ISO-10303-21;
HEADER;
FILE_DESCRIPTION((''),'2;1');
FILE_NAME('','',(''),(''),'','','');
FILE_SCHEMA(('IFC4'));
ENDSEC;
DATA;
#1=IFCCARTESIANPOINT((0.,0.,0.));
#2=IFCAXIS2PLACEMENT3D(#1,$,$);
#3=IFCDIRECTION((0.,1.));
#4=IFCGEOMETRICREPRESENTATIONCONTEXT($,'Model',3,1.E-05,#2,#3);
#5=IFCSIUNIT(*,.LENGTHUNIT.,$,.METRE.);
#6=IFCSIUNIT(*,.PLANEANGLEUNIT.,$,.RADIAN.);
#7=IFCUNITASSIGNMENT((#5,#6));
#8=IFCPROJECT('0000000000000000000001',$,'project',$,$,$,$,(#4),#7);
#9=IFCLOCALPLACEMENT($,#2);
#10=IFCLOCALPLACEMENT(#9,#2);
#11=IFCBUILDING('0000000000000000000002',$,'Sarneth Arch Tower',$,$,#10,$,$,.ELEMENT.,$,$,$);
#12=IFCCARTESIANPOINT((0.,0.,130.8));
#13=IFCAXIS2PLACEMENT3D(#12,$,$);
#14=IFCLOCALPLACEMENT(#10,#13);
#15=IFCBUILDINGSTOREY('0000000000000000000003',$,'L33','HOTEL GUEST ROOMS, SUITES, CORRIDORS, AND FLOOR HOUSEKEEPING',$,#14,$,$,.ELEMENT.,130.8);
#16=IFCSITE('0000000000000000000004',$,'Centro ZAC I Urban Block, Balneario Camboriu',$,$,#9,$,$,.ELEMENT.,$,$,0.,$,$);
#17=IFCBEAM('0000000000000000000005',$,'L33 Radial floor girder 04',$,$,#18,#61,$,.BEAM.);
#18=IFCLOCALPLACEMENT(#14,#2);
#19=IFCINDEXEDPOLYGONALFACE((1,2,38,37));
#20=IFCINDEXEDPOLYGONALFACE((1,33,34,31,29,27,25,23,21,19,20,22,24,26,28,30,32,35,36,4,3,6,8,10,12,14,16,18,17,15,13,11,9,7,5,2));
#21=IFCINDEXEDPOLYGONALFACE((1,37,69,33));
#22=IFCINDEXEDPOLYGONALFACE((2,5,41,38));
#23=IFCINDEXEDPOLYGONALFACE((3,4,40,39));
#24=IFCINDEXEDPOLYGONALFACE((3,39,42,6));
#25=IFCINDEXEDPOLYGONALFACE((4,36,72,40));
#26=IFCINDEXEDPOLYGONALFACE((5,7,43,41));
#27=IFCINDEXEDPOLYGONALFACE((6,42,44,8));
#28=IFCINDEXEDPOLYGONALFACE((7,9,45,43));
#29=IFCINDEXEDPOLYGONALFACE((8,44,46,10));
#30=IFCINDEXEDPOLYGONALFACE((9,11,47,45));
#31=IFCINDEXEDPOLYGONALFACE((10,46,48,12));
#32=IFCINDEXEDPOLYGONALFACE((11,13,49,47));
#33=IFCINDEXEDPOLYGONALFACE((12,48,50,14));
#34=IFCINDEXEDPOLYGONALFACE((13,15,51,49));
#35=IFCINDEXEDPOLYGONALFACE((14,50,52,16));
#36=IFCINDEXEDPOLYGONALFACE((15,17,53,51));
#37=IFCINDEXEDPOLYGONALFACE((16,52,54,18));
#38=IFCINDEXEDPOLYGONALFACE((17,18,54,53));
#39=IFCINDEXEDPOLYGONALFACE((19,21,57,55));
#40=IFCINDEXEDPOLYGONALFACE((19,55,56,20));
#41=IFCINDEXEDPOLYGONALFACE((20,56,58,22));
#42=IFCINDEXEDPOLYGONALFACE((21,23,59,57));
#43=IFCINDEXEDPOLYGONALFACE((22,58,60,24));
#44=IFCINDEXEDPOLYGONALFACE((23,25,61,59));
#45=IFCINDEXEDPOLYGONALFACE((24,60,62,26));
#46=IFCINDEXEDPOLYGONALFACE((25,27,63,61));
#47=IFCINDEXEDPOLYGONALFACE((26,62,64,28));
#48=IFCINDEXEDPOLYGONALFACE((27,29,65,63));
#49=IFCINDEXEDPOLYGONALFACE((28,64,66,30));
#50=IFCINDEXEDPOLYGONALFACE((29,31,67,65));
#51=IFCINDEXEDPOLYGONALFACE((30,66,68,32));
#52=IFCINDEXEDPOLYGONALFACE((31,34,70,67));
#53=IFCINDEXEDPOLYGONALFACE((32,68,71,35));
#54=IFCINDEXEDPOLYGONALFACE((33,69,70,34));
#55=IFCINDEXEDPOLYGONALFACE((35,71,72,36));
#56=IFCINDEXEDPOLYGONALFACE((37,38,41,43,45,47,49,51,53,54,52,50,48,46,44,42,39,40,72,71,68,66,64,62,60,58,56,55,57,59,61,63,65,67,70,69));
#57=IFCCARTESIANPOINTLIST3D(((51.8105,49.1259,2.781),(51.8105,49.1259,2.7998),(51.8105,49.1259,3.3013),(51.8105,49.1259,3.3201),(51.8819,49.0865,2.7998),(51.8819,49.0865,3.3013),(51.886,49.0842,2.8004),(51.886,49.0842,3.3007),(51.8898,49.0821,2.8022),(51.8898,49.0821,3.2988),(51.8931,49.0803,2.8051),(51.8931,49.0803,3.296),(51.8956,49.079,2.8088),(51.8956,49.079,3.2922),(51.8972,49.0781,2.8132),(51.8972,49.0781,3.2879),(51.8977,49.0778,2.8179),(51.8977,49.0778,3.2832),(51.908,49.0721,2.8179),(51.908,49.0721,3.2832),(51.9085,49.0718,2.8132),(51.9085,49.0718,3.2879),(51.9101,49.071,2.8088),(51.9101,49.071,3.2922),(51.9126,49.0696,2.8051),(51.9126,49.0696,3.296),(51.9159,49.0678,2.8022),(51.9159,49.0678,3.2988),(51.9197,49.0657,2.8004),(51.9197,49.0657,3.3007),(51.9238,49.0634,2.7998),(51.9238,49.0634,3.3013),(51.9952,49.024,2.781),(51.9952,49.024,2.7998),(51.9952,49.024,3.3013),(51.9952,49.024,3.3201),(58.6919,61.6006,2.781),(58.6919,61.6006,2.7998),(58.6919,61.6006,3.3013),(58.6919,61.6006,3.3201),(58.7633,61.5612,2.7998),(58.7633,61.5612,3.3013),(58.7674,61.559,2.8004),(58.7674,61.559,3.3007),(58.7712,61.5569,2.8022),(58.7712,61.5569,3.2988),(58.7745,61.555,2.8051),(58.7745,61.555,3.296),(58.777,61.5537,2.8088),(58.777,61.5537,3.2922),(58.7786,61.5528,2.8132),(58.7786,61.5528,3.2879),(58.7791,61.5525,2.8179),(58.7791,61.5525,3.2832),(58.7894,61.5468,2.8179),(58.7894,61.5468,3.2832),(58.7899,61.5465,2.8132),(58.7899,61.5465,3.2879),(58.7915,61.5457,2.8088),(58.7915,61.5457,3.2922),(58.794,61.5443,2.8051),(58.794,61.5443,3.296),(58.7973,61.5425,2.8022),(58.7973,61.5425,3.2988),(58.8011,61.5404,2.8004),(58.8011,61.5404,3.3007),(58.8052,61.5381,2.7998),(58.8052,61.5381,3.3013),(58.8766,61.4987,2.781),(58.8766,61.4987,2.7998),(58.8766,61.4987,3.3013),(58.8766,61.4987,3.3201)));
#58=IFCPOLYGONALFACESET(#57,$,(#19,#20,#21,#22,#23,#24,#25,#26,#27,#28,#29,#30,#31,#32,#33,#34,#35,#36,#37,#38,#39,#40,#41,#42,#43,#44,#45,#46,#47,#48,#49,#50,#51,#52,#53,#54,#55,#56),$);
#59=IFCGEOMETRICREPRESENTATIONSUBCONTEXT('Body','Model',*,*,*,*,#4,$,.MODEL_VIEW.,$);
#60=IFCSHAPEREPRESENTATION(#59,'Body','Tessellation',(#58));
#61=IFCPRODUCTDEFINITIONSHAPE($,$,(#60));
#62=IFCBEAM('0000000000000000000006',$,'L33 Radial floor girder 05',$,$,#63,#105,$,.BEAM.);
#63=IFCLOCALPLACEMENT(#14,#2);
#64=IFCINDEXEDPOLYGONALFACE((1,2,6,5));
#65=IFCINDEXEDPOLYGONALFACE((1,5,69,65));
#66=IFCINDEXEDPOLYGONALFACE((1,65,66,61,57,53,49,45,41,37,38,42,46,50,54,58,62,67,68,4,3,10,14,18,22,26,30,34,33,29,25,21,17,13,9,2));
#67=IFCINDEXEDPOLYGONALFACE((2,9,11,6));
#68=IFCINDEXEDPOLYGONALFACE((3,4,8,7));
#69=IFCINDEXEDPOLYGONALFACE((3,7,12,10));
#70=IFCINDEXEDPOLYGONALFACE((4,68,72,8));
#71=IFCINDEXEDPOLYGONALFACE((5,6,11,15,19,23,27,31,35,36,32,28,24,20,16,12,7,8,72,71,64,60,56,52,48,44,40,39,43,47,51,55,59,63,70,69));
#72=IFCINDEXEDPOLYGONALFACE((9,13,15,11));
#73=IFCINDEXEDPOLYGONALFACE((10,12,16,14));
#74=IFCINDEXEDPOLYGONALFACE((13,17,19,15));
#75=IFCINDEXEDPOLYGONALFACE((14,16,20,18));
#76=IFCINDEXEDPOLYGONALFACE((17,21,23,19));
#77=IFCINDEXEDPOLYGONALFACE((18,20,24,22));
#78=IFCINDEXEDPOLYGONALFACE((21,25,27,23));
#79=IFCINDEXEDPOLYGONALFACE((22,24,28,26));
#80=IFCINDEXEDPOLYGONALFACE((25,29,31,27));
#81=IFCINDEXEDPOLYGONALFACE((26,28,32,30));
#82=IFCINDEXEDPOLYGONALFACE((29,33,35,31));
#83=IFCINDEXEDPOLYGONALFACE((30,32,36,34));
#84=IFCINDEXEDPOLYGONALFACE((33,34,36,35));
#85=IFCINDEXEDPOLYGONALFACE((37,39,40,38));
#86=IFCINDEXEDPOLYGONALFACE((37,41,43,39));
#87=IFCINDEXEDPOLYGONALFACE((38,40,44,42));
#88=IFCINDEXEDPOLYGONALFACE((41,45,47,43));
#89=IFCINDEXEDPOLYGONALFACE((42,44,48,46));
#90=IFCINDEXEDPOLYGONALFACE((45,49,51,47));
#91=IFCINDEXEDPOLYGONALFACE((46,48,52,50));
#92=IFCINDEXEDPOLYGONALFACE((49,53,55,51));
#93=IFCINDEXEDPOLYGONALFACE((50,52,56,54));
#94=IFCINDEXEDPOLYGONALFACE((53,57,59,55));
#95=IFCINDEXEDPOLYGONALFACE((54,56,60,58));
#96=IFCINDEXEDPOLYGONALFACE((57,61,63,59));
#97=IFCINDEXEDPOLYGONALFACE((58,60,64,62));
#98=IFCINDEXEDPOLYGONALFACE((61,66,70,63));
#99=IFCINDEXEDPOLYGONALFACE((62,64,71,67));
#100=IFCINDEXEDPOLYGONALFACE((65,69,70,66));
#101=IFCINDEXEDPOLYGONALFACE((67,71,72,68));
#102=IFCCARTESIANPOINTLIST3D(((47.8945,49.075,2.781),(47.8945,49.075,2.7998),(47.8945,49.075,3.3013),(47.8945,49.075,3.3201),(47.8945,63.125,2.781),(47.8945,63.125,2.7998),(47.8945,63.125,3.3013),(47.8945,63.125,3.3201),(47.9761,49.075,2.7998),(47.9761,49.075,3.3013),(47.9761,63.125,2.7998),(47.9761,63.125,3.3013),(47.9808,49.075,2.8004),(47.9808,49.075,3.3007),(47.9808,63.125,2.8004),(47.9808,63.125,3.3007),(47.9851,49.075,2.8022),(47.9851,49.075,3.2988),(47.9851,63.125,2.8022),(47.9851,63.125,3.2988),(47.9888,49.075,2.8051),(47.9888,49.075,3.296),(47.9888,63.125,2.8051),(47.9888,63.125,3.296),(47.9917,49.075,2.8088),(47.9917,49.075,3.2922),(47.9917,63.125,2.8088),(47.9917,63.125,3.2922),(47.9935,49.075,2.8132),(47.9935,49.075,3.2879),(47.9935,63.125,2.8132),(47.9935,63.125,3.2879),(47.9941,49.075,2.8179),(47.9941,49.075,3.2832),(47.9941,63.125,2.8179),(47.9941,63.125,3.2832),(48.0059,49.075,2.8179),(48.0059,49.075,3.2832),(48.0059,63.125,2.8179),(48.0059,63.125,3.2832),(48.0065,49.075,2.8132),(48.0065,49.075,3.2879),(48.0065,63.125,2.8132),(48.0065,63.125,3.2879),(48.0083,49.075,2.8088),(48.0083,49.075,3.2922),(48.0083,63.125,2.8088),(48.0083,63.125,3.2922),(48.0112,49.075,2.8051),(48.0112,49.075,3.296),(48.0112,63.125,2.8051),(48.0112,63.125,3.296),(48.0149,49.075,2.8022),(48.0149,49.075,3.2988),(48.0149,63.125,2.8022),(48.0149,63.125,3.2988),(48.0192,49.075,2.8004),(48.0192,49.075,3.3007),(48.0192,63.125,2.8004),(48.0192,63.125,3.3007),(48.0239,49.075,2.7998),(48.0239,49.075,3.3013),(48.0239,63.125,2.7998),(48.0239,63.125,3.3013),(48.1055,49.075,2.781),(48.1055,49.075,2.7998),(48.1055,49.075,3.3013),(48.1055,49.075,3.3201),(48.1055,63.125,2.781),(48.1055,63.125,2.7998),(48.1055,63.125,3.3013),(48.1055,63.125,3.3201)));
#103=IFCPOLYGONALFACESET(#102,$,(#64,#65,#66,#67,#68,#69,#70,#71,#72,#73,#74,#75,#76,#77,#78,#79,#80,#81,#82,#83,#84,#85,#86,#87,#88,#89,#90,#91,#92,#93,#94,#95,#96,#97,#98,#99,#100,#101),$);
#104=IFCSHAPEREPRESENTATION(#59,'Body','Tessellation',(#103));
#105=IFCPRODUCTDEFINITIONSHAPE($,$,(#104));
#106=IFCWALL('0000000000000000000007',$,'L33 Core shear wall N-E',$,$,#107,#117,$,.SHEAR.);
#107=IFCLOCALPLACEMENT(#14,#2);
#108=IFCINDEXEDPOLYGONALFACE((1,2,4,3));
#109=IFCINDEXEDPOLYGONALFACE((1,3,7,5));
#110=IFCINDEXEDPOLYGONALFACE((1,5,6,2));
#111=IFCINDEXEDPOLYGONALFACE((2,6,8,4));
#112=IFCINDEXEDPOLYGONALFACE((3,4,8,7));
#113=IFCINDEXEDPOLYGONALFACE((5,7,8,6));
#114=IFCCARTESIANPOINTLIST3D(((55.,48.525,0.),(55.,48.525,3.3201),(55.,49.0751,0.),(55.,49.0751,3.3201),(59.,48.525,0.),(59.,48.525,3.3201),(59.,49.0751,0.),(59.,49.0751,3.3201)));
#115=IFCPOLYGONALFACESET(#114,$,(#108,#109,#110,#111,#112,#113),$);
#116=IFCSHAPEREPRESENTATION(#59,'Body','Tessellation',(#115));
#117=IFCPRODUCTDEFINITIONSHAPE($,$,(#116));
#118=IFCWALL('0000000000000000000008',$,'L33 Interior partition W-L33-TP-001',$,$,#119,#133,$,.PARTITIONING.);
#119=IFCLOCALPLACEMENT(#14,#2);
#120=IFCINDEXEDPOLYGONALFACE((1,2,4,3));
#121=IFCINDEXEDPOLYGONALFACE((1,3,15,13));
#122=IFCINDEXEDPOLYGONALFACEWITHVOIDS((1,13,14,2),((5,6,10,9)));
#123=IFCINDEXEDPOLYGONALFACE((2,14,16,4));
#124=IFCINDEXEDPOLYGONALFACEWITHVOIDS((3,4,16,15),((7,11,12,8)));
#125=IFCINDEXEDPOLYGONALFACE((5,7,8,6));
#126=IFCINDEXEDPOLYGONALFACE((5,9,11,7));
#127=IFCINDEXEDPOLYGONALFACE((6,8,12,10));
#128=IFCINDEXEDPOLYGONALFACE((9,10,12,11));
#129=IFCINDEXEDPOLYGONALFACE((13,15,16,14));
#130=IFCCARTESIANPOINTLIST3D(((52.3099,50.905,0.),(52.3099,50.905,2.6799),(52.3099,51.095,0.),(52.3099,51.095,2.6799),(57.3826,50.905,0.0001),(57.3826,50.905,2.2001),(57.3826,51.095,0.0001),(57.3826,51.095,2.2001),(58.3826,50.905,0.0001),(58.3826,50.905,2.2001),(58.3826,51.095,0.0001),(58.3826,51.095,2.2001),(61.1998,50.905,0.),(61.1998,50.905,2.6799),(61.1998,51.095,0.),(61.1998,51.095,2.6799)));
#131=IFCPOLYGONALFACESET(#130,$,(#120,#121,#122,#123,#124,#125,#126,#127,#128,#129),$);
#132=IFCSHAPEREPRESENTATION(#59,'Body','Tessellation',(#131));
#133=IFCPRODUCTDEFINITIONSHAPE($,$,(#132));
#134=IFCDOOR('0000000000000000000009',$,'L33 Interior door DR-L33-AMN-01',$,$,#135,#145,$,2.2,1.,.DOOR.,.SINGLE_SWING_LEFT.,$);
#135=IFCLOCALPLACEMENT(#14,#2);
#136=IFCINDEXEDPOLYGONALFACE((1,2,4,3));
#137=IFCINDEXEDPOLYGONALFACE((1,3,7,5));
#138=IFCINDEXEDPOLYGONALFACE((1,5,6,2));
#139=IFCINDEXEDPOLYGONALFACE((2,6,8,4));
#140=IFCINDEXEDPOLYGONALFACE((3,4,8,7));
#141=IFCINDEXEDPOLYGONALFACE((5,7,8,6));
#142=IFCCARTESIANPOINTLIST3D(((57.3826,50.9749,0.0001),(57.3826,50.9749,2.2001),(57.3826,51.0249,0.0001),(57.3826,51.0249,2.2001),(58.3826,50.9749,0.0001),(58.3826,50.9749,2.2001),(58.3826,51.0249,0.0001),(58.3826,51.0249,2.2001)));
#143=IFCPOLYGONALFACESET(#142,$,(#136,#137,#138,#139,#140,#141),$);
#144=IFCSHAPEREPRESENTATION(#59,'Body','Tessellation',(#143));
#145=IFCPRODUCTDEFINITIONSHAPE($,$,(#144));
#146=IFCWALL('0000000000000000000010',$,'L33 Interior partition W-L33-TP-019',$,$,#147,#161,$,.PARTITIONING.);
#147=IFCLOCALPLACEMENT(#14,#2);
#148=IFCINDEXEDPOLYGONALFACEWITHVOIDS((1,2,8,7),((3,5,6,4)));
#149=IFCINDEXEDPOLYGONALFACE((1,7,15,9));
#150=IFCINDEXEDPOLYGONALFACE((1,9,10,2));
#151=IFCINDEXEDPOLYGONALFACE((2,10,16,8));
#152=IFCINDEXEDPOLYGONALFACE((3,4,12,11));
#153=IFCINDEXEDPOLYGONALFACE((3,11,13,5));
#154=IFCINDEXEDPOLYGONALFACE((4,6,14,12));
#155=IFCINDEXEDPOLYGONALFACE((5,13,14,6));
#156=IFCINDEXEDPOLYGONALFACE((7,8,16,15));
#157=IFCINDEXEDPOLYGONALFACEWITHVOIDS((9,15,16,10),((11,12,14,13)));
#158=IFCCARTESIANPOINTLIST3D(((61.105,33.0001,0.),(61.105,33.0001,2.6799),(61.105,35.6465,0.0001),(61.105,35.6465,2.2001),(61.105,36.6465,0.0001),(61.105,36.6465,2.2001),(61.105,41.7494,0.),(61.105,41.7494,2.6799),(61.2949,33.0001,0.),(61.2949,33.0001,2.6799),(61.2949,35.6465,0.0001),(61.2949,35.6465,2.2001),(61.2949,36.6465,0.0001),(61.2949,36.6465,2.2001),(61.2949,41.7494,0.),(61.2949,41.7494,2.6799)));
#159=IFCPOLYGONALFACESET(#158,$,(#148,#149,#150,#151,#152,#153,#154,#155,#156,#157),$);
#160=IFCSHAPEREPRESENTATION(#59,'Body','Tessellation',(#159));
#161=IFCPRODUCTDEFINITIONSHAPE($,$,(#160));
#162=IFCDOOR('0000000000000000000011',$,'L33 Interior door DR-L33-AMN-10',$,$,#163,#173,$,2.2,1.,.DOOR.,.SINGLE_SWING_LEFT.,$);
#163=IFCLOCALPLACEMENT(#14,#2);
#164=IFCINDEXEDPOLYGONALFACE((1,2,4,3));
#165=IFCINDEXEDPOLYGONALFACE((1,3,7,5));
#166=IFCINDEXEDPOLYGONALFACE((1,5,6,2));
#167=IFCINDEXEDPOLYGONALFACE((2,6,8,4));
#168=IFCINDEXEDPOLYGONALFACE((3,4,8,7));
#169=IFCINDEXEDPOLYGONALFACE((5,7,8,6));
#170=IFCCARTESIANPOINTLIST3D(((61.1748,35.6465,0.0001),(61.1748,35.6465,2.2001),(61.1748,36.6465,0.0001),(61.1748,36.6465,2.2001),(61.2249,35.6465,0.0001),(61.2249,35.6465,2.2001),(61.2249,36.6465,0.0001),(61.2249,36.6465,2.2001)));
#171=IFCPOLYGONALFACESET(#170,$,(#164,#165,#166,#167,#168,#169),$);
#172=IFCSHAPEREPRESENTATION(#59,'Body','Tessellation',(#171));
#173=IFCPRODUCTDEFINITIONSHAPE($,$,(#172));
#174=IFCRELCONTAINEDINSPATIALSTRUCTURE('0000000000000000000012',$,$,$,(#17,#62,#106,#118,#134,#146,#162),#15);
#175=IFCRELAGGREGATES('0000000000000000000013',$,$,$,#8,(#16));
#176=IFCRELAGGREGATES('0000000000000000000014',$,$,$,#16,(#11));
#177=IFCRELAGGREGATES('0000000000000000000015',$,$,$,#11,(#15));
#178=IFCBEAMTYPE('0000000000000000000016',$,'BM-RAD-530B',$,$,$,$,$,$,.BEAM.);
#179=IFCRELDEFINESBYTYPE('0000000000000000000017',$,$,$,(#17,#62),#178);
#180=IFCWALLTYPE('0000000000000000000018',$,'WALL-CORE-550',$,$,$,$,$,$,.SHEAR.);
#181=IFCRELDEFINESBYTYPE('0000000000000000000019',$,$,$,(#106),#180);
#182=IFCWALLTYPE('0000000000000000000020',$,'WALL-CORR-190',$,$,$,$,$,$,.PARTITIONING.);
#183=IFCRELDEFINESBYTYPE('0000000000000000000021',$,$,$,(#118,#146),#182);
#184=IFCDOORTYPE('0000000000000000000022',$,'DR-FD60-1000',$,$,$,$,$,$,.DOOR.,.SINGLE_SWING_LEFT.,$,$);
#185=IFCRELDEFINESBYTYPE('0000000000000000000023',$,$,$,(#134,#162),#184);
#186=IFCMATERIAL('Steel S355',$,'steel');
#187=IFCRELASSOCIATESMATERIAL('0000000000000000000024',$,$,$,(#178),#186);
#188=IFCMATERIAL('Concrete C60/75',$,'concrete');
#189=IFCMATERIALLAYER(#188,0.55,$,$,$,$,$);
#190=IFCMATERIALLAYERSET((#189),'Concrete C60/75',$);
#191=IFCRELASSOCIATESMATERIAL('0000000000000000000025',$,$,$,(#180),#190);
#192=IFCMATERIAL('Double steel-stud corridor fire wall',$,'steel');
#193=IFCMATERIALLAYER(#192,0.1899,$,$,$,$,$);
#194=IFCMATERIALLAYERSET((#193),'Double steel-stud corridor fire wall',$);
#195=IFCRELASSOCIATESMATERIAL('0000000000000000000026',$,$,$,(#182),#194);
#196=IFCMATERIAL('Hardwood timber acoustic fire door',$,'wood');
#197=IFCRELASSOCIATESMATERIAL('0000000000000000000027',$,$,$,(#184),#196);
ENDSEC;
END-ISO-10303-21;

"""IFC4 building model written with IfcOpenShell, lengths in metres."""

from ifc_helpers import new_model, si_unit, direction, frame, frame_2d, origin, origin_2d, place, context, subcontext, project, spatial, rectangle, i_section, extrude, material, layer, layer_set, material_profile, profile_set, type_object, element, fill, save


model = new_model("IFC4")

# Units and contexts
model_context = context("Model", 3, precision=1e-05, world=origin(), true_north=direction((0.0, 1.0)))
body_context = subcontext(model_context, "Body", "Model", "MODEL_VIEW")
ifc_project = project(units=[si_unit("LENGTHUNIT", "METRE"), si_unit("PLANEANGLEUNIT", "RADIAN")], contexts=[model_context])

# Site, building, storey
site_placement = place(None, origin())
site = spatial("IfcSite", under=ifc_project, at=site_placement, Name="Centro ZAC I Urban Block, Balneario Camboriu", CompositionType="ELEMENT", RefElevation=0.0)
building_placement = place(site_placement, origin())
building = spatial("IfcBuilding", under=site, at=building_placement, Name="Sarneth Arch Tower", CompositionType="ELEMENT")
storey_placement = place(building_placement, frame((0.0, 0.0, 130.8)))
storey = spatial("IfcBuildingStorey", under=building, at=storey_placement, Name="L33", Description="HOTEL GUEST ROOMS, SUITES, CORRIDORS, AND FLOOR HOUSEKEEPING", CompositionType="ELEMENT", Elevation=130.8)

# Beams
ifc_material_1 = material(Name="Steel S355", Category="steel")
ifc_material_profile_1 = material_profile(ifc_material_1, i_section(OverallWidth=0.2109, OverallDepth=0.5391, WebThickness=0.0117, FlangeThickness=0.0188, FilletRadius=0.0181, at=origin_2d()), Name="W530x109")
ifc_profile_set_1 = profile_set([ifc_material_profile_1], Name="Steel S355")
beam_type_1 = type_object("IfcBeamType", Name="BM-RAD-530B", PredefinedType="BEAM", material=ifc_profile_set_1)
beam_1_placement = place(storey_placement, frame((51.9028, 49.075, 3.0505), z_axis=(0.483013, 0.875613, 0.0), x_axis=(-0.875613, 0.483013, 0.0)))
element("IfcBeam", 1, at=beam_1_placement, inside=storey, type_object=beam_type_1, Name="L33 Radial floor girder 04", PredefinedType="BEAM", context=body_context, shape_type="SweptSolid", body=[
    extrude(i_section(OverallWidth=0.2109, OverallDepth=0.5391, WebThickness=0.0117, FlangeThickness=0.0188, FilletRadius=0.0181, at=origin_2d()), origin(), (0.0, 0.0, 1.0), 14.2468),
])
beam_2_placement = place(storey_placement, frame((48.0, 49.075, 3.0505), z_axis=(0.0, 1.0, 0.0), x_axis=(-1.0, 0.0, 0.0)))
element("IfcBeam", 2, at=beam_2_placement, inside=storey, type_object=beam_type_1, Name="L33 Radial floor girder 05", PredefinedType="BEAM", context=body_context, shape_type="SweptSolid", body=[
    extrude(i_section(OverallWidth=0.2109, OverallDepth=0.5391, WebThickness=0.0117, FlangeThickness=0.0188, FilletRadius=0.0181, at=origin_2d()), origin(), (0.0, 0.0, 1.0), 14.05),
])

# Wall
ifc_material_2 = material(Name="Concrete C60/75", Category="concrete")
ifc_layer_1 = layer(ifc_material_2, 0.55)
ifc_layer_set_1 = layer_set([ifc_layer_1], Name="Concrete C60/75")
wall_type_1 = type_object("IfcWallType", Name="WALL-CORE-550", PredefinedType="SHEAR", material=ifc_layer_set_1)
wall_1_placement = place(storey_placement, frame((55.0, 48.8, 0.0), z_axis=(0.0, 0.0, 1.0), x_axis=(1.0, 0.0, 0.0)))
element("IfcWall", 3, at=wall_1_placement, inside=storey, type_object=wall_type_1, Name="L33 Core shear wall N-E", PredefinedType="SHEAR", context=body_context, shape_type="SweptSolid", body=[
    extrude(rectangle(XDim=4.0, YDim=0.55, at=frame_2d((2.0, 0.0))), origin(), (0.0, 0.0, 1.0), 3.3201),
])

# Walls, openings, doors
ifc_material_3 = material(Name="Double steel-stud corridor fire wall", Category="steel")
ifc_layer_2 = layer(ifc_material_3, 0.1899)
ifc_layer_set_2 = layer_set([ifc_layer_2], Name="Double steel-stud corridor fire wall")
wall_type_2 = type_object("IfcWallType", Name="WALL-CORR-190", PredefinedType="PARTITIONING", material=ifc_layer_set_2)
wall_2_placement = place(storey_placement, frame((52.3101, 51.0, 0.0), z_axis=(0.0, 0.0, 1.0), x_axis=(1.0, 0.0, 0.0)))
wall_2 = element("IfcWall", 4, at=wall_2_placement, inside=storey, type_object=wall_type_2, Name="L33 Interior partition W-L33-TP-001", PredefinedType="PARTITIONING", context=body_context, shape_type="SweptSolid", body=[
    extrude(rectangle(XDim=8.8899, YDim=0.1899, at=frame_2d((4.4448, 0.0))), origin(), (0.0, 0.0, 1.0), 2.6799),
])
opening_1_placement = place(wall_2_placement, frame((5.0725, 0.0, 0.0)))
opening_1 = element("IfcOpeningElement", 5, at=opening_1_placement, cuts=wall_2, PredefinedType="OPENING", context=body_context, shape_type="SweptSolid", body=[
    extrude(rectangle(XDim=1.0, YDim=2.2, at=frame_2d((0.5, 1.1001))), frame((0.0, 0.105, 0.0), z_axis=(0.0, -1.0, 0.0), x_axis=(1.0, 0.0, 0.0)), (0.0, 0.0, 1.0), 0.21),
])
ifc_material_4 = material(Name="Hardwood timber acoustic fire door", Category="wood")
door_type_1 = type_object("IfcDoorType", Name="DR-FD60-1000", OperationType="SINGLE_SWING_LEFT", PredefinedType="DOOR", material=ifc_material_4)
door_1_placement = place(opening_1_placement, origin())
door_1 = element("IfcDoor", 6, at=door_1_placement, inside=storey, type_object=door_type_1, Name="L33 Interior door DR-L33-AMN-01", OperationType="SINGLE_SWING_LEFT", OverallHeight=2.2, OverallWidth=1.0, PredefinedType="DOOR", context=body_context, shape_type="SweptSolid", body=[
    extrude(rectangle(XDim=1.0, YDim=2.2, at=frame_2d((0.5, 1.1001))), frame((0.0, 0.0249, 0.0), z_axis=(0.0, -1.0, 0.0), x_axis=(1.0, 0.0, 0.0)), (0.0, 0.0, 1.0), 0.05),
])
fill(opening_1, door_1)
wall_3_placement = place(storey_placement, frame((61.2, 41.7493, 0.0), z_axis=(0.0, 0.0, 1.0), x_axis=(0.0, -1.0, 0.0)))
wall_3 = element("IfcWall", 7, at=wall_3_placement, inside=storey, type_object=wall_type_2, Name="L33 Interior partition W-L33-TP-019", PredefinedType="PARTITIONING", context=body_context, shape_type="SweptSolid", body=[
    extrude(rectangle(XDim=8.7493, YDim=0.1899, at=frame_2d((4.3745, 0.0))), origin(), (0.0, 0.0, 1.0), 2.6799),
])
opening_2_placement = place(wall_3_placement, frame((5.1028, 0.0, 0.0)))
opening_2 = element("IfcOpeningElement", 8, at=opening_2_placement, cuts=wall_3, PredefinedType="OPENING", context=body_context, shape_type="SweptSolid", body=[
    extrude(rectangle(XDim=1.0, YDim=2.2, at=frame_2d((0.5, 1.1001))), frame((0.0, 0.105, 0.0), z_axis=(0.0, -1.0, 0.0), x_axis=(1.0, 0.0, 0.0)), (0.0, 0.0, 1.0), 0.21),
])
door_2_placement = place(opening_2_placement, origin())
door_2 = element("IfcDoor", 9, at=door_2_placement, inside=storey, type_object=door_type_1, Name="L33 Interior door DR-L33-AMN-10", OperationType="SINGLE_SWING_LEFT", OverallHeight=2.2, OverallWidth=1.0, PredefinedType="DOOR", context=body_context, shape_type="SweptSolid", body=[
    extrude(rectangle(XDim=1.0, YDim=2.2, at=frame_2d((0.5, 1.1001))), frame((0.0, 0.0249, 0.0), z_axis=(0.0, -1.0, 0.0), x_axis=(1.0, 0.0, 0.0)), (0.0, 0.0, 1.0), 0.05),
])
fill(opening_2, door_2)

save(model, "model.ifc")
